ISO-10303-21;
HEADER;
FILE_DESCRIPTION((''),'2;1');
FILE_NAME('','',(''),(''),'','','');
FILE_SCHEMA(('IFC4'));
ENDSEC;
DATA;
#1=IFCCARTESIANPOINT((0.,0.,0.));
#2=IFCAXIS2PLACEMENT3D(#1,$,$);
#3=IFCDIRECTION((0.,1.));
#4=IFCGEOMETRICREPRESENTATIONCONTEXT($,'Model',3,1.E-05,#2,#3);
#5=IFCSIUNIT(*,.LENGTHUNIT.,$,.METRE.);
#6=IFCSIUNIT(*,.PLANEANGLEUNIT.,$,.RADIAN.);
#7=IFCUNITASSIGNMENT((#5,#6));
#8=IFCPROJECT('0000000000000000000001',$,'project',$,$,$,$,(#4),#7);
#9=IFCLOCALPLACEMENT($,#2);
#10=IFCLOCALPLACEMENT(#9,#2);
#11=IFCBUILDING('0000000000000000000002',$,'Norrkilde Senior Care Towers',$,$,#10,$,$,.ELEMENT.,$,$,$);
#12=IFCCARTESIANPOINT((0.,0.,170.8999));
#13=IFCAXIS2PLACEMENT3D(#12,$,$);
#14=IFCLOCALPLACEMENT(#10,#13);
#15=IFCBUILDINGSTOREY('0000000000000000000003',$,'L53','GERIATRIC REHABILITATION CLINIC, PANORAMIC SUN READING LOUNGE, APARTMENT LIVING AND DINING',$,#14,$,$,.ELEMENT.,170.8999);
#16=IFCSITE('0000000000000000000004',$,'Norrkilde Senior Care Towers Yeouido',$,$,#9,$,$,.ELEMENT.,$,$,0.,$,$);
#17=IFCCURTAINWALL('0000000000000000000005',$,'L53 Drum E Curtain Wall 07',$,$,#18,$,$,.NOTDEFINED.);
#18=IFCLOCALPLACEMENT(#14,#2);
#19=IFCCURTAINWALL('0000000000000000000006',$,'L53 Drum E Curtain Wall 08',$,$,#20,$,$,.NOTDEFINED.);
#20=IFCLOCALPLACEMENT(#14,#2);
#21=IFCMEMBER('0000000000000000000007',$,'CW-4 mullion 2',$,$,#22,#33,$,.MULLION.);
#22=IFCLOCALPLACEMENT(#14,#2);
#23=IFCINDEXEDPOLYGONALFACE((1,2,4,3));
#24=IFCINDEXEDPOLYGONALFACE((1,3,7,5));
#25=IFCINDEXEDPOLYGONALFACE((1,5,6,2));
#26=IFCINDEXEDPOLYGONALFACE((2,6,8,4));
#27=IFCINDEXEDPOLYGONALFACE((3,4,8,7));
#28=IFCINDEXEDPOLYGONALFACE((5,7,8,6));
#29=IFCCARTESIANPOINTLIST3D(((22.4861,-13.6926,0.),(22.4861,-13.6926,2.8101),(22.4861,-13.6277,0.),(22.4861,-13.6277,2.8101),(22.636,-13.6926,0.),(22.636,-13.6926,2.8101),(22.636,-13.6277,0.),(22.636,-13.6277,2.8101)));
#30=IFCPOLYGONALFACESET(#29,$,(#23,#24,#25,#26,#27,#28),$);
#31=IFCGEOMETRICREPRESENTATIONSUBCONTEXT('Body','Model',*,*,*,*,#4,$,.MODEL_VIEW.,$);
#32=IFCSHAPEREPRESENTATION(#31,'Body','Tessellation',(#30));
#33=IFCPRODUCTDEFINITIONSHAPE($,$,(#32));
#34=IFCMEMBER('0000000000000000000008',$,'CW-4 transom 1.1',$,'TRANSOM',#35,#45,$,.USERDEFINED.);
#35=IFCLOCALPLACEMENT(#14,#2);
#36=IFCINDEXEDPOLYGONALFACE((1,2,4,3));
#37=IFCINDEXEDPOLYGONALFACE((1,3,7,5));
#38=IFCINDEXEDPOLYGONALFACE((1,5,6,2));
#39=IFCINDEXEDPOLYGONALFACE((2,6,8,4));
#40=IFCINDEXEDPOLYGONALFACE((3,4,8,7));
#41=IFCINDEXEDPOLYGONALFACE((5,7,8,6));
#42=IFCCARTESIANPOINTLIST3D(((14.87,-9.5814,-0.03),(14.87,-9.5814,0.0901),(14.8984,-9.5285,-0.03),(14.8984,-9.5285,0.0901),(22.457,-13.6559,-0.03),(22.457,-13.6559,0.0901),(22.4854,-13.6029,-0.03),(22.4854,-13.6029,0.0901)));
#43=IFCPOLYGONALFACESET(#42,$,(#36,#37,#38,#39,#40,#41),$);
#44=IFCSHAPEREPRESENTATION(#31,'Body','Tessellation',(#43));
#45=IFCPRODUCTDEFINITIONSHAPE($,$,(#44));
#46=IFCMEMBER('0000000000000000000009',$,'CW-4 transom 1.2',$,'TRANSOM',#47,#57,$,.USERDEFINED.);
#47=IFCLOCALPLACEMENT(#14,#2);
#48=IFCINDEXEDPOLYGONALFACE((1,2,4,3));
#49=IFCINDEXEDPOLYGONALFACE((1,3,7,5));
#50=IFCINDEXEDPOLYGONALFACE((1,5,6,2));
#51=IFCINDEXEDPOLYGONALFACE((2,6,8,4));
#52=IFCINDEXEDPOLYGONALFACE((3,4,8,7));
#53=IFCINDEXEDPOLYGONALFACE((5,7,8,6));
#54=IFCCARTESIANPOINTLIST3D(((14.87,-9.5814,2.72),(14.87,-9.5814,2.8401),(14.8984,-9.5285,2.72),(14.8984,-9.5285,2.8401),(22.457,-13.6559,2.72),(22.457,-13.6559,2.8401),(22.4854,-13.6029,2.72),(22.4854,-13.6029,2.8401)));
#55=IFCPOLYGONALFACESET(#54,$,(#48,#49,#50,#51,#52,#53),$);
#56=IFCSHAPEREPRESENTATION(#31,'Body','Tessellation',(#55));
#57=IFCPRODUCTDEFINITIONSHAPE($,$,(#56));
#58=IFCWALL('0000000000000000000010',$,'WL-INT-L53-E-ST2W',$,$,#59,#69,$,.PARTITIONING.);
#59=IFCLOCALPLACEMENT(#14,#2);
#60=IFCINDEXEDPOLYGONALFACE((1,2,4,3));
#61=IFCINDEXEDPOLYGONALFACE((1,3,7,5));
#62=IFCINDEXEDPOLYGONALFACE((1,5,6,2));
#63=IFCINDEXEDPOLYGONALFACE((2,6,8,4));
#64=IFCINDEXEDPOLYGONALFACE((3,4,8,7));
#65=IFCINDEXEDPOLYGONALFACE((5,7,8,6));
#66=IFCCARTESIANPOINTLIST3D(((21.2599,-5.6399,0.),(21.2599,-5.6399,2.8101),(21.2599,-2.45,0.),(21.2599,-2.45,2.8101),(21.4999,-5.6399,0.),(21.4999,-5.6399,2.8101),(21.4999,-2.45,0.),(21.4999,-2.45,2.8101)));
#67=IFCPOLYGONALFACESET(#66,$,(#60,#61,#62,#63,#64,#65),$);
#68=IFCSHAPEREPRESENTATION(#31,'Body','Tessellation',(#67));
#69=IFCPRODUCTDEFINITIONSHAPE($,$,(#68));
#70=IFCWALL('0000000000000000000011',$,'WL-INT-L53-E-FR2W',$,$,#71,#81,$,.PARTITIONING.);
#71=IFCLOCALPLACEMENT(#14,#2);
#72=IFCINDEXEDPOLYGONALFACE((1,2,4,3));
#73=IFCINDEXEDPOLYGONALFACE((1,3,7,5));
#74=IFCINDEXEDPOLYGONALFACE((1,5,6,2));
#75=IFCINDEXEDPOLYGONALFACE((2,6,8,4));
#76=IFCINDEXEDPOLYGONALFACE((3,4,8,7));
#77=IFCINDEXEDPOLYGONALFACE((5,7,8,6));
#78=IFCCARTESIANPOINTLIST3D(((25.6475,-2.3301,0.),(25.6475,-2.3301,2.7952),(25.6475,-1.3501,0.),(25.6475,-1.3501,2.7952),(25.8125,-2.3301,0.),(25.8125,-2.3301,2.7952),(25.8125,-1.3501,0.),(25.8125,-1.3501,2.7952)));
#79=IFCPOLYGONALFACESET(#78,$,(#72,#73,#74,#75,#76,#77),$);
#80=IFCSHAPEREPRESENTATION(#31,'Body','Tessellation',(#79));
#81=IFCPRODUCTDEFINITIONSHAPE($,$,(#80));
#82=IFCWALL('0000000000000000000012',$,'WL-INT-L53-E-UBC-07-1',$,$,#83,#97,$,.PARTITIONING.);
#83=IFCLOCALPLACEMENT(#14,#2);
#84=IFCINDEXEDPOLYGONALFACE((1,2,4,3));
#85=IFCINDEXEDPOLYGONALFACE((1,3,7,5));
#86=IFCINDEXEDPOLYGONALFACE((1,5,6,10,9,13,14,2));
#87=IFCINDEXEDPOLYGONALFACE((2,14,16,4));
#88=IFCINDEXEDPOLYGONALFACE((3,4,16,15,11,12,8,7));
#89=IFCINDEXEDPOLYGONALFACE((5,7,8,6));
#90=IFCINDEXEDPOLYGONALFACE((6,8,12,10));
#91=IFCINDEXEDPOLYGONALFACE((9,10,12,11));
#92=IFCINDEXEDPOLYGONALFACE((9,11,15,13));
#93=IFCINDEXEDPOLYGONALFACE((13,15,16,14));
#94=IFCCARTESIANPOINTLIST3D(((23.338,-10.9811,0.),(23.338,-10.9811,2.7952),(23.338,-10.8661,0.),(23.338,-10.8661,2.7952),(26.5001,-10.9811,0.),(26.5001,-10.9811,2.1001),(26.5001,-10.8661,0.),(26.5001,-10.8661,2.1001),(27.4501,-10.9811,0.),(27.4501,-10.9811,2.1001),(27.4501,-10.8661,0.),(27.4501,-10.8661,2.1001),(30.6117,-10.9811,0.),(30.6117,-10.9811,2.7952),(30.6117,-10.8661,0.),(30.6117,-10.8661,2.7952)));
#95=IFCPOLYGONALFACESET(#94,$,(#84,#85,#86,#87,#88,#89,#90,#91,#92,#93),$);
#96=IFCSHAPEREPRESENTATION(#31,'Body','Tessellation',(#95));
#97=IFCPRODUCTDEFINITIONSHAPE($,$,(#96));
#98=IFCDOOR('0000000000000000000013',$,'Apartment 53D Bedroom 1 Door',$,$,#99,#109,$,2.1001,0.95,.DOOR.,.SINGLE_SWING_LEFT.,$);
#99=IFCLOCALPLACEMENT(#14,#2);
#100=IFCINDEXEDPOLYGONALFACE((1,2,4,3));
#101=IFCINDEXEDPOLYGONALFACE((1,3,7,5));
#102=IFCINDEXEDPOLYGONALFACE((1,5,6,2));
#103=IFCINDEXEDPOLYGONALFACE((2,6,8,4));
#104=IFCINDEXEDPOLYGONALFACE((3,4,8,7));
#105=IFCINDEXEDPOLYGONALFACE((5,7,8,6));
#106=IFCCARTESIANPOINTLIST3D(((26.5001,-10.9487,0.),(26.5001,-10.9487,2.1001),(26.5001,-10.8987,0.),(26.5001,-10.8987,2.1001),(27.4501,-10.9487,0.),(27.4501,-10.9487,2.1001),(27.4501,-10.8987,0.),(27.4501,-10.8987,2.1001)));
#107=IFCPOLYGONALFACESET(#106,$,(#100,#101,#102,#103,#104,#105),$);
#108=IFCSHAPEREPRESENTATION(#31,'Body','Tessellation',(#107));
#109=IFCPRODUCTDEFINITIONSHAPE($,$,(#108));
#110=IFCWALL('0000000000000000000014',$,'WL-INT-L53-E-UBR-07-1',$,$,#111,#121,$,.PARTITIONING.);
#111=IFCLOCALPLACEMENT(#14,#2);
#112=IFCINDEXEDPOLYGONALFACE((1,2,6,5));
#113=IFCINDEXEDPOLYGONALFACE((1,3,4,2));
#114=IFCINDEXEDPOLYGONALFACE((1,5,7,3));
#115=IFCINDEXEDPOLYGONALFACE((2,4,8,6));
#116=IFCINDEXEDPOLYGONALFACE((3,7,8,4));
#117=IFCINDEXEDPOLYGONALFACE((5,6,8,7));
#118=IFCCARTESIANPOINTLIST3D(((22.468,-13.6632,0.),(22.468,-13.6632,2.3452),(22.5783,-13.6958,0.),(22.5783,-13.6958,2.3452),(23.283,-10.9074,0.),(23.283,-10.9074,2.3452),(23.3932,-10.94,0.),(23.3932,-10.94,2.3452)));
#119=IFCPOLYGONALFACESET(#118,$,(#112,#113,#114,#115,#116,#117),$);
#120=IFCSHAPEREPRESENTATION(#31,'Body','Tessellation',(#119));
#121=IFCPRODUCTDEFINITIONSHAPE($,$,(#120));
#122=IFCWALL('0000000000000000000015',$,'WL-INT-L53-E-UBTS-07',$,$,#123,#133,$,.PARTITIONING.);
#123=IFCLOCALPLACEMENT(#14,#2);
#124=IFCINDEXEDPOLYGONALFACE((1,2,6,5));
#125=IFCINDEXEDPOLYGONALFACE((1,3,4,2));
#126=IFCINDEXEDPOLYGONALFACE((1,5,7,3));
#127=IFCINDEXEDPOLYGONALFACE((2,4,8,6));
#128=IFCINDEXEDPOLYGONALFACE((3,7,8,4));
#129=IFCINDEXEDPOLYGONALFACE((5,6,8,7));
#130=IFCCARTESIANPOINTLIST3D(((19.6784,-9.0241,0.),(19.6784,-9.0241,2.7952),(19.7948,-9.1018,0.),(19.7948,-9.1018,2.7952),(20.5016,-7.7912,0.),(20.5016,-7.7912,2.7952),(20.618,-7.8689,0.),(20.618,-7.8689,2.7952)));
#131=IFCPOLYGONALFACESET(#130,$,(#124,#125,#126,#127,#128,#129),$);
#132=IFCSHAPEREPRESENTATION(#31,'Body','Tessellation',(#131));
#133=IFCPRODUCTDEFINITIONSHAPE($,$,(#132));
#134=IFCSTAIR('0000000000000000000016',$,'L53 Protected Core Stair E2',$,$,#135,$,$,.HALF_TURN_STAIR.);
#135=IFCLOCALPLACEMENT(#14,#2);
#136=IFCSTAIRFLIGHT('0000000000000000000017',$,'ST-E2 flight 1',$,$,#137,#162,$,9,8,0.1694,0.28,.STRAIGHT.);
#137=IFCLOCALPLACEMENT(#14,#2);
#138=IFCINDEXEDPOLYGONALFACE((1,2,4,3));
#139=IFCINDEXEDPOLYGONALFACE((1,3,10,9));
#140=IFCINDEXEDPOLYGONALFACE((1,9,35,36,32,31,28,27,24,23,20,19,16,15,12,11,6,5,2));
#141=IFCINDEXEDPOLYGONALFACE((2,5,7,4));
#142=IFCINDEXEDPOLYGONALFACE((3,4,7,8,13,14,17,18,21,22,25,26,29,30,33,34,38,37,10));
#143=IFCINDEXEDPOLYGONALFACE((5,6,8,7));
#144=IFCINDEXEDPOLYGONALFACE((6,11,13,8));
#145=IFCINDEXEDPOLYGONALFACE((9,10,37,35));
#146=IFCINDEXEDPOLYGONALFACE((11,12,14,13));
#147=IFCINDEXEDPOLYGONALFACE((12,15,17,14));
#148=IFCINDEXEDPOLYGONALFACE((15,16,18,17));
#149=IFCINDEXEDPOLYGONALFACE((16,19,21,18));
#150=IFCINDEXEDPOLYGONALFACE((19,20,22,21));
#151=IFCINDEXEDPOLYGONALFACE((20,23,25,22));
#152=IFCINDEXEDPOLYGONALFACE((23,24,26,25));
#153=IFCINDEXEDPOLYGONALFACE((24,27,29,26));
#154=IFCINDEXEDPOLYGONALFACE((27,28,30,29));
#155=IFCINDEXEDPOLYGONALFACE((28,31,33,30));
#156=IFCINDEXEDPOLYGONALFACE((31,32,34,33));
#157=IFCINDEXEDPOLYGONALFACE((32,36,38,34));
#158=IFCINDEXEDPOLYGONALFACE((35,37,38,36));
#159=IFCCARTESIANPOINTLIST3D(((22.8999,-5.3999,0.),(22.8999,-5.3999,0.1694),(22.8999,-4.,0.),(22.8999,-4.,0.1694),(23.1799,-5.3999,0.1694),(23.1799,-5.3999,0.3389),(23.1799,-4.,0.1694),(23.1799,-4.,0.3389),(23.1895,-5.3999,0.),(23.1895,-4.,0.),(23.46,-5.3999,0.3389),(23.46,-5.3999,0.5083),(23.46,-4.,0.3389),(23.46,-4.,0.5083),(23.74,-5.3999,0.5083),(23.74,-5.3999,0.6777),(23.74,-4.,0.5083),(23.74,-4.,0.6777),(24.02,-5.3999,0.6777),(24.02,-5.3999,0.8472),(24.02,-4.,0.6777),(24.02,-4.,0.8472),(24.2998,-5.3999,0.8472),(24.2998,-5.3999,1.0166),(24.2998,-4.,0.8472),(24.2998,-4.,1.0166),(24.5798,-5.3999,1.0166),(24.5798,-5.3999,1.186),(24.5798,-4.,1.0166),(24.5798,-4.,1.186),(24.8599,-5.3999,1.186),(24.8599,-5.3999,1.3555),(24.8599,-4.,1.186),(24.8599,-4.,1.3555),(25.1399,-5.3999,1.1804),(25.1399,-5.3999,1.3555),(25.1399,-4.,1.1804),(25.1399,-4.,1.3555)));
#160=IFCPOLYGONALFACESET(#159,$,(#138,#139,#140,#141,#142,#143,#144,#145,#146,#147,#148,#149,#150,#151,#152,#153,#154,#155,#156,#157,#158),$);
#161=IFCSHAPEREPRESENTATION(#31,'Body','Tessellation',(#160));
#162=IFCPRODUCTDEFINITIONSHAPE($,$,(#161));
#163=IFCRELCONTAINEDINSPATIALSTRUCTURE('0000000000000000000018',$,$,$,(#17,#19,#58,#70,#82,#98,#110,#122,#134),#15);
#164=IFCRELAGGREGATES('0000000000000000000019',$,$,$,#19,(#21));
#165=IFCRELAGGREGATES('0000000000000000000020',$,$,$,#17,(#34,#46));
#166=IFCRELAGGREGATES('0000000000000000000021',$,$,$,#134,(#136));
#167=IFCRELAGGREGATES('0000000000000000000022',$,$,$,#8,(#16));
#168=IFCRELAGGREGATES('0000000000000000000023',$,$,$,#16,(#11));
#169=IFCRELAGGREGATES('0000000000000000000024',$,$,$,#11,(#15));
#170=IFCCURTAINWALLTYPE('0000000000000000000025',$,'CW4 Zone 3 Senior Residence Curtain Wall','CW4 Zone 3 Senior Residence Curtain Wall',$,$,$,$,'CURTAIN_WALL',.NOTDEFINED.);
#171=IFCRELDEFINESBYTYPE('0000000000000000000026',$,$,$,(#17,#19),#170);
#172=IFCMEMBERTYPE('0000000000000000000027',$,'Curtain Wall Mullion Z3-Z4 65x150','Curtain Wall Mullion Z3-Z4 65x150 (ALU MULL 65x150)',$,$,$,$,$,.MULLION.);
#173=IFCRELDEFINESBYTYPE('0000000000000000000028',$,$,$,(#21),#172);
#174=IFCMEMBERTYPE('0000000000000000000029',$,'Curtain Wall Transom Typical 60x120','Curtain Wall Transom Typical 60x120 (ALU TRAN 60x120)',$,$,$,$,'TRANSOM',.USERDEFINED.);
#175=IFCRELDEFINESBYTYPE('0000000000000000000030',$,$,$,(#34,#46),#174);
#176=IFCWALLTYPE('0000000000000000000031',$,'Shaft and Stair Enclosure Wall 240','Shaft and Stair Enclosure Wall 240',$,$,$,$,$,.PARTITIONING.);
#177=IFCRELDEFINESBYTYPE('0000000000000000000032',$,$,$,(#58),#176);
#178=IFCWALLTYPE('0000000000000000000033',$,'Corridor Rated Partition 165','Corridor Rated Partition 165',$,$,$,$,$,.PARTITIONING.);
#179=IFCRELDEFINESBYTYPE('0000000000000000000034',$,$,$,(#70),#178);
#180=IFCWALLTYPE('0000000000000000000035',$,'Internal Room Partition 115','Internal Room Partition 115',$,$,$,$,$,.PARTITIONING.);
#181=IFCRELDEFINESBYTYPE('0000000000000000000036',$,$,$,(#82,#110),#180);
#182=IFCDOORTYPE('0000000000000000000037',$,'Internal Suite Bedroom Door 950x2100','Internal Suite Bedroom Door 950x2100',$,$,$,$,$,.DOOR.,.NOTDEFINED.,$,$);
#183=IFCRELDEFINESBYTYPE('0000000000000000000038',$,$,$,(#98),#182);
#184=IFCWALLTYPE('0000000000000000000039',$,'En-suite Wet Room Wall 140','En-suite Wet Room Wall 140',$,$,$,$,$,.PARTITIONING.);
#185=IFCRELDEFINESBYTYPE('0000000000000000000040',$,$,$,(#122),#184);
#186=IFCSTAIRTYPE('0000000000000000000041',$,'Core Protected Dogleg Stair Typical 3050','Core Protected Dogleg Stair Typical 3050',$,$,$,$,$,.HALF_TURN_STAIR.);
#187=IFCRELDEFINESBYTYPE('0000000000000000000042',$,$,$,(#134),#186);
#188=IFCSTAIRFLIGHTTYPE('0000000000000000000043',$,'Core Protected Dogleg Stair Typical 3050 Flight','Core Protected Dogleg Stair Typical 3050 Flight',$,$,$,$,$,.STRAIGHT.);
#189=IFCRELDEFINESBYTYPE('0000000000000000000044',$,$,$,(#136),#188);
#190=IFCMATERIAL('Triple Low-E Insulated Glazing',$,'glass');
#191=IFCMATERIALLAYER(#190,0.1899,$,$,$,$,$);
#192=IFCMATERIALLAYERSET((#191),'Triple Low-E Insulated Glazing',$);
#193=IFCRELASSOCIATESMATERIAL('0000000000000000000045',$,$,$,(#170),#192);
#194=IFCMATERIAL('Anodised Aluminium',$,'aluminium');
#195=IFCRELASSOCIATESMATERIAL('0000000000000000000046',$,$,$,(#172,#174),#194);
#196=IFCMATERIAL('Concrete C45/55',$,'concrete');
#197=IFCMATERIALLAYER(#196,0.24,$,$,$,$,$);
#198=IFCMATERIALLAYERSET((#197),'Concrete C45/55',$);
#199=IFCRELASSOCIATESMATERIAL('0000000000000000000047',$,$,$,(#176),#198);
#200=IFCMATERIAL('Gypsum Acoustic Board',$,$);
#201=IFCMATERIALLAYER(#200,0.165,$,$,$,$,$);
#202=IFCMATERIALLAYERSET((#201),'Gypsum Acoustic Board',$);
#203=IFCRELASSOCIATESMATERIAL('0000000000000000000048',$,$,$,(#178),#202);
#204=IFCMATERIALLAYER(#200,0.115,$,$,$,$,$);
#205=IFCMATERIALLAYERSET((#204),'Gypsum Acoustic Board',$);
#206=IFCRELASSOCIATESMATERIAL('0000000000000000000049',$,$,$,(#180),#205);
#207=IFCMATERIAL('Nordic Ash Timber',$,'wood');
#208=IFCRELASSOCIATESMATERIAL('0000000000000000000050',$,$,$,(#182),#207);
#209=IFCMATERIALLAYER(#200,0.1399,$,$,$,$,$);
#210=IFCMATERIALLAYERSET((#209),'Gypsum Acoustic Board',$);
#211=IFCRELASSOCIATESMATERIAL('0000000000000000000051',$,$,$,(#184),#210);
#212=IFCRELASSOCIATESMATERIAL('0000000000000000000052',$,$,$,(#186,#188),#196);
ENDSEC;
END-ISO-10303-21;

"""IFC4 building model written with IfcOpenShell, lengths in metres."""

from ifc_helpers import new_model, si_unit, direction, frame, frame_2d, origin, origin_2d, place, context, subcontext, project, spatial, polyline, rectangle, outline, extrude, source, transform, mapped, material, layer, layer_set, material_profile, profile_set, type_object, type_shapes, element, fill, aggregate, save


model = new_model("IFC4")

# Units and contexts
model_context = context("Model", 3, precision=1e-05, world=origin(), true_north=direction((0.0, 1.0)))
body_context = subcontext(model_context, "Body", "Model", "MODEL_VIEW")
ifc_project = project(units=[si_unit("LENGTHUNIT", "METRE"), si_unit("PLANEANGLEUNIT", "RADIAN")], contexts=[model_context])

# Site, building, storey
site_placement = place(None, origin())
site = spatial("IfcSite", under=ifc_project, at=site_placement, Name="Norrkilde Senior Care Towers Yeouido", CompositionType="ELEMENT", RefElevation=0.0)
building_placement = place(site_placement, origin())
building = spatial("IfcBuilding", under=site, at=building_placement, Name="Norrkilde Senior Care Towers", CompositionType="ELEMENT")
storey_placement = place(building_placement, frame((0.0, 0.0, 170.8999)))
storey = spatial("IfcBuildingStorey", under=building, at=storey_placement, Name="L53", Description="GERIATRIC REHABILITATION CLINIC, PANORAMIC SUN READING LOUNGE, APARTMENT LIVING AND DINING", CompositionType="ELEMENT", Elevation=170.8999)

# Curtain walls, member
ifc_material_1 = material(Name="Triple Low-E Insulated Glazing", Category="glass")
ifc_layer_1 = layer(ifc_material_1, 0.1899)
ifc_layer_set_1 = layer_set([ifc_layer_1], Name="Triple Low-E Insulated Glazing")
curtain_wall_type = type_object("IfcCurtainWallType", Name="CW4 Zone 3 Senior Residence Curtain Wall", Description="CW4 Zone 3 Senior Residence Curtain Wall", ElementType="CURTAIN_WALL", PredefinedType="NOTDEFINED", material=ifc_layer_set_1)
curtain_wall_1_placement = place(storey_placement, origin())
curtain_wall_1 = element("IfcCurtainWall", 1, at=curtain_wall_1_placement, inside=storey, type_object=curtain_wall_type, Name="L53 Drum E Curtain Wall 07", PredefinedType="NOTDEFINED")
ifc_material_2 = material(Name="Anodised Aluminium", Category="aluminium")
ifc_material_profile_1 = material_profile(ifc_material_2, rectangle(XDim=0.0649, YDim=0.1499, at=origin_2d()), Name="ALU MULL 65x150")
ifc_profile_set_1 = profile_set([ifc_material_profile_1], Name="Anodised Aluminium")
member_type_1 = type_object("IfcMemberType", Name="Curtain Wall Mullion Z3-Z4 65x150", Description="Curtain Wall Mullion Z3-Z4 65x150 (ALU MULL 65x150)", PredefinedType="MULLION", material=ifc_profile_set_1)
shared_shape_1 = source(origin(), body_context, "Body", "SweptSolid", [
    extrude(rectangle(XDim=0.0649, YDim=0.1499, at=origin_2d()), origin(), (0.0, 0.0, 1.0), 2.8101),
])
type_shapes(member_type_1, [shared_shape_1])
curtain_wall_2_placement = place(storey_placement, origin())
curtain_wall_2 = element("IfcCurtainWall", 2, at=curtain_wall_2_placement, inside=storey, type_object=curtain_wall_type, Name="L53 Drum E Curtain Wall 08", PredefinedType="NOTDEFINED")
member_1_placement = place(storey_placement, frame((22.561, -13.6602, 0.0), z_axis=(0.0, 0.0, 1.0), x_axis=(0.0, -1.0, 0.0)))
member_1 = element("IfcMember", 3, at=member_1_placement, type_object=member_type_1, Name="CW-4 mullion 2", PredefinedType="MULLION", context=body_context, shape_type="MappedRepresentation", body=[
    mapped(shared_shape_1, transform((0.0, 0.0, 0.0), x_axis=(1.0, 0.0, 0.0), y_axis=(0.0, 1.0, 0.0), z_axis=(0.0, 0.0, 1.0), scale=1.0)),
])
aggregate(curtain_wall_2, [member_1])

# Members
ifc_material_profile_2 = material_profile(ifc_material_2, rectangle(XDim=0.0601, YDim=0.1201, at=origin_2d()), Name="ALU TRAN 60x120")
ifc_profile_set_2 = profile_set([ifc_material_profile_2], Name="Anodised Aluminium")
member_type_2 = type_object("IfcMemberType", Name="Curtain Wall Transom Typical 60x120", Description="Curtain Wall Transom Typical 60x120 (ALU TRAN 60x120)", ElementType="TRANSOM", PredefinedType="USERDEFINED", material=ifc_profile_set_2)
shared_shape_2 = source(origin(), body_context, "Body", "SweptSolid", [
    extrude(rectangle(XDim=0.0601, YDim=0.1201, at=origin_2d()), origin(), (0.0, 0.0, 1.0), 8.6118),
])
type_shapes(member_type_2, [shared_shape_2])
member_2_placement = place(storey_placement, frame((22.4712, -13.6294, 0.03), z_axis=(-0.880994, 0.473127, 0.0), x_axis=(-0.473127, -0.880994, 0.0)))
member_2 = element("IfcMember", 4, at=member_2_placement, type_object=member_type_2, Name="CW-4 transom 1.1", ObjectType="TRANSOM", PredefinedType="USERDEFINED", context=body_context, shape_type="MappedRepresentation", body=[
    mapped(shared_shape_2, transform((0.0, 0.0, 0.0), x_axis=(1.0, 0.0, 0.0), y_axis=(0.0, 1.0, 0.0), z_axis=(0.0, 0.0, 1.0), scale=1.0)),
])
member_3_placement = place(storey_placement, frame((22.4712, -13.6294, 2.78), z_axis=(-0.880994, 0.473127, 0.0), x_axis=(-0.473127, -0.880994, 0.0)))
member_3 = element("IfcMember", 5, at=member_3_placement, type_object=member_type_2, Name="CW-4 transom 1.2", ObjectType="TRANSOM", PredefinedType="USERDEFINED", context=body_context, shape_type="MappedRepresentation", body=[
    mapped(shared_shape_2, transform((0.0, 0.0, 0.0), x_axis=(1.0, 0.0, 0.0), y_axis=(0.0, 1.0, 0.0), z_axis=(0.0, 0.0, 1.0), scale=1.0)),
])
aggregate(curtain_wall_1, [member_2, member_3])

# Shared definitions
ifc_material_3 = material(Name="Concrete C45/55", Category="concrete")
ifc_layer_2 = layer(ifc_material_3, 0.24)
ifc_layer_set_2 = layer_set([ifc_layer_2], Name="Concrete C45/55")
wall_type_1 = type_object("IfcWallType", Name="Shaft and Stair Enclosure Wall 240", Description="Shaft and Stair Enclosure Wall 240", PredefinedType="PARTITIONING", material=ifc_layer_set_2)

# Walls
shared_shape_3 = source(origin(), body_context, "Body", "SweptSolid", [
    extrude(rectangle(XDim=3.1899, YDim=0.24, at=frame_2d((1.595, 0.0))), origin(), (0.0, 0.0, 1.0), 2.8101),
])
wall_1_placement = place(storey_placement, frame((21.3799, -5.6399, 0.0), z_axis=(0.0, 0.0, 1.0), x_axis=(0.0, 1.0, 0.0)))
element("IfcWall", 6, at=wall_1_placement, inside=storey, type_object=wall_type_1, Name="WL-INT-L53-E-ST2W", PredefinedType="PARTITIONING", context=body_context, shape_type="MappedRepresentation", body=[
    mapped(shared_shape_3, transform((0.0, 0.0, 0.0), x_axis=(1.0, 0.0, 0.0), y_axis=(0.0, 1.0, 0.0), z_axis=(0.0, 0.0, 1.0), scale=1.0)),
])
ifc_material_4 = material(Name="Gypsum Acoustic Board")
ifc_layer_3 = layer(ifc_material_4, 0.165)
ifc_layer_set_3 = layer_set([ifc_layer_3], Name="Gypsum Acoustic Board")
wall_type_2 = type_object("IfcWallType", Name="Corridor Rated Partition 165", Description="Corridor Rated Partition 165", PredefinedType="PARTITIONING", material=ifc_layer_set_3)
shared_shape_4 = source(origin(), body_context, "Body", "SweptSolid", [
    extrude(rectangle(XDim=0.98, YDim=0.165, at=frame_2d((0.49, 0.0))), origin(), (0.0, 0.0, 1.0), 2.7952),
])
type_shapes(wall_type_2, [shared_shape_4])
wall_2_placement = place(storey_placement, frame((25.73, -2.3301, 0.0), z_axis=(0.0, 0.0, 1.0), x_axis=(0.0, 1.0, 0.0)))
element("IfcWall", 7, at=wall_2_placement, inside=storey, type_object=wall_type_2, Name="WL-INT-L53-E-FR2W", PredefinedType="PARTITIONING", context=body_context, shape_type="MappedRepresentation", body=[
    mapped(shared_shape_4, transform((0.0, 0.0, 0.0), x_axis=(1.0, 0.0, 0.0), y_axis=(0.0, 1.0, 0.0), z_axis=(0.0, 0.0, 1.0), scale=1.0)),
])

# Wall, opening, door
ifc_layer_4 = layer(ifc_material_4, 0.115)
ifc_layer_set_4 = layer_set([ifc_layer_4], Name="Gypsum Acoustic Board")
wall_type_3 = type_object("IfcWallType", Name="Internal Room Partition 115", Description="Internal Room Partition 115", PredefinedType="PARTITIONING", material=ifc_layer_set_4)
shared_shape_5 = source(origin(), body_context, "Body", "SweptSolid", [
    extrude(rectangle(XDim=7.2737, YDim=0.115, at=frame_2d((3.6367, 0.0))), origin(), (0.0, 0.0, 1.0), 2.7952),
])
wall_3_placement = place(storey_placement, frame((23.3381, -10.9236, 0.0), z_axis=(0.0, 0.0, 1.0), x_axis=(1.0, 0.0, 0.0)))
wall_3 = element("IfcWall", 8, at=wall_3_placement, inside=storey, type_object=wall_type_3, Name="WL-INT-L53-E-UBC-07-1", PredefinedType="PARTITIONING", context=body_context, shape_type="MappedRepresentation", body=[
    mapped(shared_shape_5, transform((0.0, 0.0, 0.0), x_axis=(1.0, 0.0, 0.0), y_axis=(0.0, 1.0, 0.0), z_axis=(0.0, 0.0, 1.0), scale=1.0)),
])
opening_1_placement = place(wall_3_placement, frame((3.1619, 0.0, 0.0)))
opening_1 = element("IfcOpeningElement", 9, at=opening_1_placement, cuts=wall_3, PredefinedType="OPENING", context=body_context, shape_type="SweptSolid", body=[
    extrude(rectangle(XDim=0.95, YDim=2.1001, at=frame_2d((0.4751, 1.05))), frame((0.0, 0.0674, 0.0), z_axis=(0.0, -1.0, 0.0), x_axis=(1.0, 0.0, 0.0)), (0.0, 0.0, 1.0), 0.135),
])
ifc_material_5 = material(Name="Nordic Ash Timber", Category="wood")
door_type_1 = type_object("IfcDoorType", Name="Internal Suite Bedroom Door 950x2100", Description="Internal Suite Bedroom Door 950x2100", OperationType="NOTDEFINED", PredefinedType="DOOR", material=ifc_material_5)
shared_shape_6 = source(origin(), body_context, "Body", "SweptSolid", [
    extrude(rectangle(XDim=0.95, YDim=2.1001, at=frame_2d((0.4751, 1.05))), frame((0.0, 0.0249, 0.0), z_axis=(0.0, -1.0, 0.0), x_axis=(1.0, 0.0, 0.0)), (0.0, 0.0, 1.0), 0.05),
])
type_shapes(door_type_1, [shared_shape_6])
door_1_placement = place(opening_1_placement, origin())
door_1 = element("IfcDoor", 10, at=door_1_placement, inside=storey, type_object=door_type_1, Name="Apartment 53D Bedroom 1 Door", OperationType="SINGLE_SWING_LEFT", OverallHeight=2.1001, OverallWidth=0.95, PredefinedType="DOOR", context=body_context, shape_type="MappedRepresentation", body=[
    mapped(shared_shape_6, transform((0.0, 0.0, 0.0), x_axis=(1.0, 0.0, 0.0), y_axis=(0.0, 1.0, 0.0), z_axis=(0.0, 0.0, 1.0), scale=1.0)),
])
fill(opening_1, door_1)

# Walls
shared_shape_7 = source(origin(), body_context, "Body", "SweptSolid", [
    extrude(rectangle(XDim=2.8738, YDim=0.115, at=frame_2d((1.437, 0.0))), origin(), (0.0, 0.0, 1.0), 2.3452),
])
type_shapes(wall_type_3, [shared_shape_5, shared_shape_7])
wall_4_placement = place(storey_placement, frame((23.3381, -10.9236, 0.0), z_axis=(0.0, 0.0, 1.0), x_axis=(-0.283573, -0.958951, 0.0)))
element("IfcWall", 11, at=wall_4_placement, inside=storey, type_object=wall_type_3, Name="WL-INT-L53-E-UBR-07-1", PredefinedType="PARTITIONING", context=body_context, shape_type="MappedRepresentation", body=[
    mapped(shared_shape_7, transform((0.0, 0.0, 0.0), x_axis=(1.0, 0.0, 0.0), y_axis=(0.0, 1.0, 0.0), z_axis=(0.0, 0.0, 1.0), scale=1.0)),
])
ifc_layer_5 = layer(ifc_material_4, 0.1399)
ifc_layer_set_5 = layer_set([ifc_layer_5], Name="Gypsum Acoustic Board")
wall_type_4 = type_object("IfcWallType", Name="En-suite Wet Room Wall 140", Description="En-suite Wet Room Wall 140", PredefinedType="PARTITIONING", material=ifc_layer_set_5)
shared_shape_8 = source(origin(), body_context, "Body", "SweptSolid", [
    extrude(rectangle(XDim=1.4824, YDim=0.1399, at=frame_2d((0.7412, 0.0))), origin(), (0.0, 0.0, 1.0), 2.7952),
])
type_shapes(wall_type_4, [shared_shape_8])
wall_5_placement = place(storey_placement, frame((20.5598, -7.8301, 0.0), z_axis=(0.0, 0.0, 1.0), x_axis=(-0.555308, -0.831645, 0.0)))
element("IfcWall", 12, at=wall_5_placement, inside=storey, type_object=wall_type_4, Name="WL-INT-L53-E-UBTS-07", PredefinedType="PARTITIONING", context=body_context, shape_type="MappedRepresentation", body=[
    mapped(shared_shape_8, transform((0.0, 0.0, 0.0), x_axis=(1.0, 0.0, 0.0), y_axis=(0.0, 1.0, 0.0), z_axis=(0.0, 0.0, 1.0), scale=1.0)),
])

# Stair, stair flight
stair_type = type_object("IfcStairType", Name="Core Protected Dogleg Stair Typical 3050", Description="Core Protected Dogleg Stair Typical 3050", PredefinedType="HALF_TURN_STAIR", material=ifc_material_3)
stair_placement = place(storey_placement, origin())
stair = element("IfcStair", 13, at=stair_placement, inside=storey, type_object=stair_type, Name="L53 Protected Core Stair E2", PredefinedType="HALF_TURN_STAIR")
stair_flight_type = type_object("IfcStairFlightType", Name="Core Protected Dogleg Stair Typical 3050 Flight", Description="Core Protected Dogleg Stair Typical 3050 Flight", PredefinedType="STRAIGHT", material=ifc_material_3)
stair_flight_1_placement = place(storey_placement, frame((22.8999, -4.7, 0.0), z_axis=(0.0, 0.0, 1.0), x_axis=(1.0, 0.0, 0.0)))
stair_flight_1 = element("IfcStairFlight", 14, at=stair_flight_1_placement, type_object=stair_flight_type, Name="ST-E2 flight 1", NumberOfRisers=9, NumberOfTreads=8, PredefinedType="STRAIGHT", RiserHeight=0.1694, TreadLength=0.28, context=body_context, shape_type="SweptSolid", body=[
    extrude(outline(polyline([(0.0, 0.0), (0.0, 0.1694), (0.28, 0.1694), (0.28, 0.3389), (0.5601, 0.3389), (0.5601, 0.5083), (0.8401, 0.5083), (0.8401, 0.6777), (1.1201, 0.6777), (1.1201, 0.8472), (1.3999, 0.8472), (1.3999, 1.0166), (1.6799, 1.0166), (1.6799, 1.186), (1.96, 1.186), (1.96, 1.3555), (2.24, 1.3555), (2.24, 1.5249), (2.24, 1.1804), (0.2896, 0.0), (0.0, 0.0)])), frame((0.0, 0.7, 0.0), z_axis=(0.0, -1.0, 0.0), x_axis=(1.0, 0.0, 0.0)), (0.0, 0.0, 1.0), 1.3999),
])
aggregate(stair, [stair_flight_1])

save(model, "model.ifc")
